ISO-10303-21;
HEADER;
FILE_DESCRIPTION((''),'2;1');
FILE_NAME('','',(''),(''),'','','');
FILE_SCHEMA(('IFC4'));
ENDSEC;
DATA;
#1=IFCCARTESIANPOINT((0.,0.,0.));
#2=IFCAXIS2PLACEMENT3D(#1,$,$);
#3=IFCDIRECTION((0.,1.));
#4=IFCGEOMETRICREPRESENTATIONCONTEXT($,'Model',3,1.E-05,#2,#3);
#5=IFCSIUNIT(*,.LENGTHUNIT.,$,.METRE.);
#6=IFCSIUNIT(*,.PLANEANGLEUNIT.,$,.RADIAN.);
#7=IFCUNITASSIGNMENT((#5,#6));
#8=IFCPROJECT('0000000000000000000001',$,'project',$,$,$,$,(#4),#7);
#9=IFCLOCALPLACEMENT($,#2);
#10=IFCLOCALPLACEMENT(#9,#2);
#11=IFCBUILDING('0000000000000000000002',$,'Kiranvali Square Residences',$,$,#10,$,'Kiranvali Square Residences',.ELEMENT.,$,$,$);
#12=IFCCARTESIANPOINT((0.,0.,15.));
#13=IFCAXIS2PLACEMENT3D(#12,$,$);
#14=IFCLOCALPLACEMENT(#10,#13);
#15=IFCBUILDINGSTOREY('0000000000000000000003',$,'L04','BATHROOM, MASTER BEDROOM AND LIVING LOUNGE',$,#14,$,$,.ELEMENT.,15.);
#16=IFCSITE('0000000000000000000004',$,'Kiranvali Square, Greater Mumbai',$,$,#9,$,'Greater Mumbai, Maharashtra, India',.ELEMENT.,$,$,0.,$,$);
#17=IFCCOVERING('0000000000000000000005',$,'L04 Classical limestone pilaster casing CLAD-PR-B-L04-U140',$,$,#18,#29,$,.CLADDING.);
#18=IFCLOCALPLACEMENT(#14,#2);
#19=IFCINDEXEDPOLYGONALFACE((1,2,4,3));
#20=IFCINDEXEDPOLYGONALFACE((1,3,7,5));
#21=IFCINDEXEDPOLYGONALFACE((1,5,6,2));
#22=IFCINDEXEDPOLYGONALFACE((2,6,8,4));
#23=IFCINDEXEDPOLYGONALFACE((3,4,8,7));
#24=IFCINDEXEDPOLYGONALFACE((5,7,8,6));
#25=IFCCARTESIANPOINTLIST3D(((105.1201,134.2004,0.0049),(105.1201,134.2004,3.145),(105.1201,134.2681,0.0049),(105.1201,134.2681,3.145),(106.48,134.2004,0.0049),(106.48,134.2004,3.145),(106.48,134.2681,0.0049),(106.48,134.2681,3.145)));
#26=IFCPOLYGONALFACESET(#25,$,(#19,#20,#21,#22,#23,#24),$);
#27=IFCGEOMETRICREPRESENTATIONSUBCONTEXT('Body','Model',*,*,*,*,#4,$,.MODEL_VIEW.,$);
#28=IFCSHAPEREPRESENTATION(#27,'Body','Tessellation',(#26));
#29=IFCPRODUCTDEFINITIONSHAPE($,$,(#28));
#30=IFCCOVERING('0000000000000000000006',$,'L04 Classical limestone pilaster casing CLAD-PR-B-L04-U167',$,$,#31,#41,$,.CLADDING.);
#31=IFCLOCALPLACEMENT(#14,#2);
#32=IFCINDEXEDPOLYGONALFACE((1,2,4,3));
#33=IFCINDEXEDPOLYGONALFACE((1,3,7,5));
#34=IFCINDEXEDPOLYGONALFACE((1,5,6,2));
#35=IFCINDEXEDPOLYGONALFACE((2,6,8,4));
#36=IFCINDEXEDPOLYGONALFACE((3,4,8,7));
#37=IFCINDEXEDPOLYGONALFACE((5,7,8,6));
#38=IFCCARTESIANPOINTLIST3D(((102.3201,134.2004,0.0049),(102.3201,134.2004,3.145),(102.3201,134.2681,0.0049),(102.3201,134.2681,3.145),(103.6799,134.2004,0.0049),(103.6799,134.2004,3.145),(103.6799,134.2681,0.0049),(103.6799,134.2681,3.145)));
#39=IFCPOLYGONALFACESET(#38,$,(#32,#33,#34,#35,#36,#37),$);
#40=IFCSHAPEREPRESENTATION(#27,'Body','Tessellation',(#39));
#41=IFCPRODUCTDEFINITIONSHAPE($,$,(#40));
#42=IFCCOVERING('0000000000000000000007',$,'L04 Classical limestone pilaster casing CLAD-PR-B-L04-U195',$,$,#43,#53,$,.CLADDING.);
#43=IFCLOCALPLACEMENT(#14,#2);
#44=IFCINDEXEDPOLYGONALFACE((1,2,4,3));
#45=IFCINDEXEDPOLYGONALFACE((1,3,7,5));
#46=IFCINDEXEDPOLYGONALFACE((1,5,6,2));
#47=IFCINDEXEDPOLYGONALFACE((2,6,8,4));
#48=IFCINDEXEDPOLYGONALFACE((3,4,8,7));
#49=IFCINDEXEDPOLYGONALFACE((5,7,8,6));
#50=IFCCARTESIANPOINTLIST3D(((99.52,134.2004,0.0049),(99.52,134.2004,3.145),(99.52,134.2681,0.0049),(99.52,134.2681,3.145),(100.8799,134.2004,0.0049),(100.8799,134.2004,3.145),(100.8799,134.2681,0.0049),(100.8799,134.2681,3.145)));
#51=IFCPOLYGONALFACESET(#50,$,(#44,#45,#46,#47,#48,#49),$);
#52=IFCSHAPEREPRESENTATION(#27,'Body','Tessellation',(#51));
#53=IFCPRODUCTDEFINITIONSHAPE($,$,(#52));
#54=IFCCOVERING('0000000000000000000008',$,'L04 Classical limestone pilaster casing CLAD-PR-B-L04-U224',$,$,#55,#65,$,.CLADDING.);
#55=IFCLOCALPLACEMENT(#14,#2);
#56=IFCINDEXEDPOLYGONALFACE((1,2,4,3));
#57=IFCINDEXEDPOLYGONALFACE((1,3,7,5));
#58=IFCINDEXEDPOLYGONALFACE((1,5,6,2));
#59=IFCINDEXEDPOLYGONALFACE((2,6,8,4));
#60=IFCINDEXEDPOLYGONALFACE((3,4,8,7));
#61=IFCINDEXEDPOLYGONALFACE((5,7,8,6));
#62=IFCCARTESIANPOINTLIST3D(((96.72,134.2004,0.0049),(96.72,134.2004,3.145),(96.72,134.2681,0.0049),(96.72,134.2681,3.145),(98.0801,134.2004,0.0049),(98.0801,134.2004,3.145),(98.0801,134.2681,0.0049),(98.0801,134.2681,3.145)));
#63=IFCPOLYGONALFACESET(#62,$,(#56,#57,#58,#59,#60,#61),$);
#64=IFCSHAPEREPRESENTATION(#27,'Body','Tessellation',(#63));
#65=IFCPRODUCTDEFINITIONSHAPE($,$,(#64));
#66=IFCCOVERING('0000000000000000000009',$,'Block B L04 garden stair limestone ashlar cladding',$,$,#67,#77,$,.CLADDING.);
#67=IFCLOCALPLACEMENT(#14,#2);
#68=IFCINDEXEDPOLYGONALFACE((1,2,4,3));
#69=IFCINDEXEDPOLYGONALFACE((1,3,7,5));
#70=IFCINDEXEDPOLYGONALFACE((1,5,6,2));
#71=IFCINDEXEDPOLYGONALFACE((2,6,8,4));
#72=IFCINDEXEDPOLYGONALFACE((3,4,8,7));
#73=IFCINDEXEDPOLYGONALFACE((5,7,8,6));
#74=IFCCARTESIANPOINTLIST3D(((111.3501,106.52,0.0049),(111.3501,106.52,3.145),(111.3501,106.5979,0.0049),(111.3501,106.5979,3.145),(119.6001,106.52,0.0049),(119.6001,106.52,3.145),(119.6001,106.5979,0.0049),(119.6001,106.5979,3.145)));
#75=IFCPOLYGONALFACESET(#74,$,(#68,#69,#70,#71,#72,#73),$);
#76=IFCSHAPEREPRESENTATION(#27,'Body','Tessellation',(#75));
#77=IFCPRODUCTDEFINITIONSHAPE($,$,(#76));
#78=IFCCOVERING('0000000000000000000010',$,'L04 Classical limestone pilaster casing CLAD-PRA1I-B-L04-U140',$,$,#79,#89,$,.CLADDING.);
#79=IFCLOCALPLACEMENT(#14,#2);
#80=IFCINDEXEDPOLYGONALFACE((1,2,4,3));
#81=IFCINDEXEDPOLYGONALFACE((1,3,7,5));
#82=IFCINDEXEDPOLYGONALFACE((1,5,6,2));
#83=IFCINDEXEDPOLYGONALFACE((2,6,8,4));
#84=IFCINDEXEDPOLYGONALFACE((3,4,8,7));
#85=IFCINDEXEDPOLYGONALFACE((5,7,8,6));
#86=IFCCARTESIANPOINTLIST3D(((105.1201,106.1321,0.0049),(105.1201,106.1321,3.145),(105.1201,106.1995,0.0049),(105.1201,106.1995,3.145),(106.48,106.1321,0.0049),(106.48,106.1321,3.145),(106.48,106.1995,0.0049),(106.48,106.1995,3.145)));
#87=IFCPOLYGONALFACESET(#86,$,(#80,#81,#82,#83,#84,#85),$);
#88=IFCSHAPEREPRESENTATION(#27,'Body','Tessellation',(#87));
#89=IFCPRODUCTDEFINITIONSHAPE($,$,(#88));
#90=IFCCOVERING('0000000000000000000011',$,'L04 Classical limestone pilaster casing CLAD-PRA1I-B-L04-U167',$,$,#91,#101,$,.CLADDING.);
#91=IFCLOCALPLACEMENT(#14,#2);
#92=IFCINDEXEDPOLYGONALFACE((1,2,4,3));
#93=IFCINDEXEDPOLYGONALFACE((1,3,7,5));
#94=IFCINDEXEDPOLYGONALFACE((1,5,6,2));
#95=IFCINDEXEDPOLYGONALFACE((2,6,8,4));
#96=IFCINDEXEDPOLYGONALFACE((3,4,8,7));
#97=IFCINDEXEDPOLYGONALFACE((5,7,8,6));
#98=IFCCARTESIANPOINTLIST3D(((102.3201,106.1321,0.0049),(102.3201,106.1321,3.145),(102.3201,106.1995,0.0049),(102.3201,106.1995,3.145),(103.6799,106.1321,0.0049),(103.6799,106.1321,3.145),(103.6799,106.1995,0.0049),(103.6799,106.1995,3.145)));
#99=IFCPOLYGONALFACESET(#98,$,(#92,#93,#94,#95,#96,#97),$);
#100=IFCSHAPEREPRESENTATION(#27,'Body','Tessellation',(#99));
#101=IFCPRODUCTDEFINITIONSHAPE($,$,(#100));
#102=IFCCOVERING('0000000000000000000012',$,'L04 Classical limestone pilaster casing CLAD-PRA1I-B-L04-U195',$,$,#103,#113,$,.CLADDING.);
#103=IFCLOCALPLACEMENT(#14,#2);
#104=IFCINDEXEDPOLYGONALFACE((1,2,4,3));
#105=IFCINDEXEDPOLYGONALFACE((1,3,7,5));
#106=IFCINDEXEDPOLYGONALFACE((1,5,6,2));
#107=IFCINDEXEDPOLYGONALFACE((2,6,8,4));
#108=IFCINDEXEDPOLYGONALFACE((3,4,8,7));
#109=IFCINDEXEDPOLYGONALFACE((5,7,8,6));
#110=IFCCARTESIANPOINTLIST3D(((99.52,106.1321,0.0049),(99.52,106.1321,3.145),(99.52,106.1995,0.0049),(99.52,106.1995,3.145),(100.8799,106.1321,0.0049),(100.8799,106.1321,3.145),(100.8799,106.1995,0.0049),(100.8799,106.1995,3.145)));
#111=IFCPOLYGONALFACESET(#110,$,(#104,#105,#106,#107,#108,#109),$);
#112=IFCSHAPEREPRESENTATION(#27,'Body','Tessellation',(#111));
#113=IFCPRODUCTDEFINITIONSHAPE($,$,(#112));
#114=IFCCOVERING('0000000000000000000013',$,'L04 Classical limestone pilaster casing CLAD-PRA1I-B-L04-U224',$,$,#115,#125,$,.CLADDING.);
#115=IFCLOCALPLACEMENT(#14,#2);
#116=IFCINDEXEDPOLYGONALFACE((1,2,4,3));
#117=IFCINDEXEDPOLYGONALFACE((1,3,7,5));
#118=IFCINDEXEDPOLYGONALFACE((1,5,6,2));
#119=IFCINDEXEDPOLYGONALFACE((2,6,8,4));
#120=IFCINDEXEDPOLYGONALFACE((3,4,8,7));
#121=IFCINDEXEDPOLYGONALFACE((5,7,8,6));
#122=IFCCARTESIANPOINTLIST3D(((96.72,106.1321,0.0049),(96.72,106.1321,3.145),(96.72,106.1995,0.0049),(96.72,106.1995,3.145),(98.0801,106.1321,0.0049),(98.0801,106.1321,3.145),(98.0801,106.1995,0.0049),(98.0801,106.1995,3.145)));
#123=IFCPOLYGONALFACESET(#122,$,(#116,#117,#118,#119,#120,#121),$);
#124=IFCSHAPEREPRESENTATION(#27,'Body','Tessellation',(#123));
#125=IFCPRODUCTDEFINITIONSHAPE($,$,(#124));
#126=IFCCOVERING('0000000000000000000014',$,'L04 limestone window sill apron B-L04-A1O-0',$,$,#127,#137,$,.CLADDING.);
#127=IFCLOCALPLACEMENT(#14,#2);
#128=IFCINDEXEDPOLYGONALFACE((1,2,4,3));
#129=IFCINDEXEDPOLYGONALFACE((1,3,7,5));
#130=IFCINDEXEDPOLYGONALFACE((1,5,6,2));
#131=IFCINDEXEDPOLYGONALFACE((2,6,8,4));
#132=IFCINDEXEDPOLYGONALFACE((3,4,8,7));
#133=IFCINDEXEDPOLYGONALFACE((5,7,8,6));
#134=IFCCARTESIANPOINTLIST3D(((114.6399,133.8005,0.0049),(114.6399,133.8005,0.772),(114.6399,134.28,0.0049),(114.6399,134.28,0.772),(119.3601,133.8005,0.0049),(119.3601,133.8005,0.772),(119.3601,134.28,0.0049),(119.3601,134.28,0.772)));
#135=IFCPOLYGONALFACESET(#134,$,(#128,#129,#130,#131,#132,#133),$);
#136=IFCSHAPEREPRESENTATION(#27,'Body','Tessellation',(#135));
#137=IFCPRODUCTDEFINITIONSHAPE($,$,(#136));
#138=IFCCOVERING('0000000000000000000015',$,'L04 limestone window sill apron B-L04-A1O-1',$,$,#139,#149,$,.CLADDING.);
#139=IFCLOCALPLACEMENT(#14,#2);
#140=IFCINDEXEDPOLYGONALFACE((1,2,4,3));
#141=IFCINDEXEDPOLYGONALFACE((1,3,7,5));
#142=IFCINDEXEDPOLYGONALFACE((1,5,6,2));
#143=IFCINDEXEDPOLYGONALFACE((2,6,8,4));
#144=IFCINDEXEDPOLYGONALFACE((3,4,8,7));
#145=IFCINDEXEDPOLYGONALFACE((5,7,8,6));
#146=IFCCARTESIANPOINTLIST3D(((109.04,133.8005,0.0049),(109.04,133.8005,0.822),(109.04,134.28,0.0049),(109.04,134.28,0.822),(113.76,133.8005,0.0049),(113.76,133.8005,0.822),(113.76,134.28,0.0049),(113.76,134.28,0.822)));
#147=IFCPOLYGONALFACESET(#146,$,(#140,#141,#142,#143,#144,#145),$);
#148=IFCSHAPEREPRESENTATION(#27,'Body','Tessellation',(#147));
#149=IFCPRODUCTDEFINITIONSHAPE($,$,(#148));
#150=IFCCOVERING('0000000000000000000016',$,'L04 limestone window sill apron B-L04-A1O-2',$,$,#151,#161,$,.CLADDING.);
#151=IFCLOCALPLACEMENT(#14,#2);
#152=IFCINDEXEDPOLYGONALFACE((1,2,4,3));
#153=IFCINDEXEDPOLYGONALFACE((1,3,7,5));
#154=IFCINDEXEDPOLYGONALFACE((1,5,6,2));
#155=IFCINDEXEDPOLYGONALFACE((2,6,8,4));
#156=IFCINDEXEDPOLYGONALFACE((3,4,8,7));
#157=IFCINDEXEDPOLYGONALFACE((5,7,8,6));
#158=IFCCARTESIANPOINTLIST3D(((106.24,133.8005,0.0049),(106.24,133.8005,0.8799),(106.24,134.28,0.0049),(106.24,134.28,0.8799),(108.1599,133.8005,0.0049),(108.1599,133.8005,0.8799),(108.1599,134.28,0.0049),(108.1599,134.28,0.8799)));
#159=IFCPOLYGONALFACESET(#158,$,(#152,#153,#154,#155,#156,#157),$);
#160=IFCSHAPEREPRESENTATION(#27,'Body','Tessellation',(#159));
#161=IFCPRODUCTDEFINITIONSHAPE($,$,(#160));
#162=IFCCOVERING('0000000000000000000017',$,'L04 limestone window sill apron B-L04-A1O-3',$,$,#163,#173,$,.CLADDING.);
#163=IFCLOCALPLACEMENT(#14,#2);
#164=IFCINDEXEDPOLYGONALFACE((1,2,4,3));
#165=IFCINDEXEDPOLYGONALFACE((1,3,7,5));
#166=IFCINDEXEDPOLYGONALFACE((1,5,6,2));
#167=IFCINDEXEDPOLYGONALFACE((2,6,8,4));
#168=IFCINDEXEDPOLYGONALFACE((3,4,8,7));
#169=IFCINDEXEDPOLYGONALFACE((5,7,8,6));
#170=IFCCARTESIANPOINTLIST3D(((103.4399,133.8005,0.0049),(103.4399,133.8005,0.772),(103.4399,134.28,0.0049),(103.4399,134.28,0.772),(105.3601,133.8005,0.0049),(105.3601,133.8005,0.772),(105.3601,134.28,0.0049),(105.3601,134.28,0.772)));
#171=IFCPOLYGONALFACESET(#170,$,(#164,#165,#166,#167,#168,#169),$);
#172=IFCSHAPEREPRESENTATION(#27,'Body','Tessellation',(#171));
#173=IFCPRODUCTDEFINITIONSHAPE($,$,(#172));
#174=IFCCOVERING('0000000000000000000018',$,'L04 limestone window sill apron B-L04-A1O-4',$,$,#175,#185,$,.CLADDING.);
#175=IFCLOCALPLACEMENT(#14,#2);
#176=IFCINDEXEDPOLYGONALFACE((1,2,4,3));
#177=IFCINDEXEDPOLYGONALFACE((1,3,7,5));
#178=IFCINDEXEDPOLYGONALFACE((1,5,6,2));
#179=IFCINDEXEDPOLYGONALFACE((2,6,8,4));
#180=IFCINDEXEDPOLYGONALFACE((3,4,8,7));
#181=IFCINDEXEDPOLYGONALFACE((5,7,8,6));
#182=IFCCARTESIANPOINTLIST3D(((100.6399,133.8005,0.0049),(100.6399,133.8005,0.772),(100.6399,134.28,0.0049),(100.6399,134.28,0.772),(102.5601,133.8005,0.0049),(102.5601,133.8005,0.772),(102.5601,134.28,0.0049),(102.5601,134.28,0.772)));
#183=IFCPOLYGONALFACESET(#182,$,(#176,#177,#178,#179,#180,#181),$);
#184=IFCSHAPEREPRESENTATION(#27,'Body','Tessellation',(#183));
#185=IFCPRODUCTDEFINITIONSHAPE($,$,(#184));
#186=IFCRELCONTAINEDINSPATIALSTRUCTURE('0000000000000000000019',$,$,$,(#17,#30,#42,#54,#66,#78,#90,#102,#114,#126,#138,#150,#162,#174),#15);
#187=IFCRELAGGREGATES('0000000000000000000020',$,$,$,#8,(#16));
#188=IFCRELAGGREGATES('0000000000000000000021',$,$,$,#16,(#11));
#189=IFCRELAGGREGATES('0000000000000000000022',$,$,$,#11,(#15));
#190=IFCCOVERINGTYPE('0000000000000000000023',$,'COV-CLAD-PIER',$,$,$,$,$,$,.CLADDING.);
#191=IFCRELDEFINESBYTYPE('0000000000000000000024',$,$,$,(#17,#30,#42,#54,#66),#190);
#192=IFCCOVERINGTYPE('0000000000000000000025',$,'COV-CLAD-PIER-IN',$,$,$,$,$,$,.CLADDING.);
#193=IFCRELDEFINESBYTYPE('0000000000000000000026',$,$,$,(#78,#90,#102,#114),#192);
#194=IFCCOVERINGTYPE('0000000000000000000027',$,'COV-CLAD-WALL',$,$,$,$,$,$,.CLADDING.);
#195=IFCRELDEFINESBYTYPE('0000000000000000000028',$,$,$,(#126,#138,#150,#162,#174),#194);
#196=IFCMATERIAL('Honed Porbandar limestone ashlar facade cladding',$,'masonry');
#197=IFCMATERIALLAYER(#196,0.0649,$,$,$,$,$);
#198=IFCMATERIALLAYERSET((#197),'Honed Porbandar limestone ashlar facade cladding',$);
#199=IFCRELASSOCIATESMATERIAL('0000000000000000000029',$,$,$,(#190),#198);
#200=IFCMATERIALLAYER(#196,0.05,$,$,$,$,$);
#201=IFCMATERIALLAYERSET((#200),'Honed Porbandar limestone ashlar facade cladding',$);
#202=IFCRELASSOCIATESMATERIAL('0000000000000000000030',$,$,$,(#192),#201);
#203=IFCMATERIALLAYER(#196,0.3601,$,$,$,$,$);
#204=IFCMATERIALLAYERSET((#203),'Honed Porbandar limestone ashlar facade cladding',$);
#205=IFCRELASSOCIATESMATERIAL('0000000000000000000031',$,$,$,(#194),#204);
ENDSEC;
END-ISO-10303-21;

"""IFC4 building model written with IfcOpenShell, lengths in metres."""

from ifc_helpers import new_model, si_unit, direction, frame, origin, place, context, subcontext, project, spatial, polyline, outline, extrude, material, layer, layer_set, type_object, element, save


model = new_model("IFC4")

# Units and contexts
model_context = context("Model", 3, precision=1e-05, world=origin(), true_north=direction((0.0, 1.0)))
body_context = subcontext(model_context, "Body", "Model", "MODEL_VIEW")
ifc_project = project(units=[si_unit("LENGTHUNIT", "METRE"), si_unit("PLANEANGLEUNIT", "RADIAN")], contexts=[model_context])

# Site, building, storey
site_placement = place(None, origin())
site = spatial("IfcSite", under=ifc_project, at=site_placement, Name="Kiranvali Square, Greater Mumbai", LongName="Greater Mumbai, Maharashtra, India", CompositionType="ELEMENT", RefElevation=0.0)
building_placement = place(site_placement, origin())
building = spatial("IfcBuilding", under=site, at=building_placement, Name="Kiranvali Square Residences", LongName="Kiranvali Square Residences", CompositionType="ELEMENT")
storey_placement = place(building_placement, frame((0.0, 0.0, 15.0)))
storey = spatial("IfcBuildingStorey", under=building, at=storey_placement, Name="L04", Description="BATHROOM, MASTER BEDROOM AND LIVING LOUNGE", CompositionType="ELEMENT", Elevation=15.0)

# Coverings
ifc_material = material(Name="Honed Porbandar limestone ashlar facade cladding", Category="masonry")
ifc_layer_1 = layer(ifc_material, 0.0649)
ifc_layer_set_1 = layer_set([ifc_layer_1], Name="Honed Porbandar limestone ashlar facade cladding")
covering_type_1 = type_object("IfcCoveringType", Name="COV-CLAD-PIER", PredefinedType="CLADDING", material=ifc_layer_set_1)
covering_1_placement = place(storey_placement, frame((0.0, 0.0, 0.0049)))
element("IfcCovering", 1, at=covering_1_placement, inside=storey, type_object=covering_type_1, Name="L04 Classical limestone pilaster casing CLAD-PR-B-L04-U140", PredefinedType="CLADDING", context=body_context, shape_type="SweptSolid", body=[
    extrude(outline(polyline([(106.48, 134.2681), (105.1201, 134.2681), (105.1201, 134.2004), (106.48, 134.2004), (106.48, 134.2681)])), origin(), (0.0, 0.0, 1.0), 3.1401),
])
covering_2_placement = place(storey_placement, frame((0.0, 0.0, 0.0049)))
element("IfcCovering", 2, at=covering_2_placement, inside=storey, type_object=covering_type_1, Name="L04 Classical limestone pilaster casing CLAD-PR-B-L04-U167", PredefinedType="CLADDING", context=body_context, shape_type="SweptSolid", body=[
    extrude(outline(polyline([(103.6799, 134.2681), (102.3201, 134.2681), (102.3201, 134.2004), (103.6799, 134.2004), (103.6799, 134.2681)])), origin(), (0.0, 0.0, 1.0), 3.1401),
])
covering_3_placement = place(storey_placement, frame((0.0, 0.0, 0.0049)))
element("IfcCovering", 3, at=covering_3_placement, inside=storey, type_object=covering_type_1, Name="L04 Classical limestone pilaster casing CLAD-PR-B-L04-U195", PredefinedType="CLADDING", context=body_context, shape_type="SweptSolid", body=[
    extrude(outline(polyline([(100.8799, 134.2681), (99.52, 134.2681), (99.52, 134.2004), (100.8799, 134.2004), (100.8799, 134.2681)])), origin(), (0.0, 0.0, 1.0), 3.1401),
])
covering_4_placement = place(storey_placement, frame((0.0, 0.0, 0.0049)))
element("IfcCovering", 4, at=covering_4_placement, inside=storey, type_object=covering_type_1, Name="L04 Classical limestone pilaster casing CLAD-PR-B-L04-U224", PredefinedType="CLADDING", context=body_context, shape_type="SweptSolid", body=[
    extrude(outline(polyline([(98.0801, 134.2681), (96.72, 134.2681), (96.72, 134.2004), (98.0801, 134.2004), (98.0801, 134.2681)])), origin(), (0.0, 0.0, 1.0), 3.1401),
])
covering_5_placement = place(storey_placement, frame((0.0, 0.0, 0.0049)))
element("IfcCovering", 5, at=covering_5_placement, inside=storey, type_object=covering_type_1, Name="Block B L04 garden stair limestone ashlar cladding", PredefinedType="CLADDING", context=body_context, shape_type="SweptSolid", body=[
    extrude(outline(polyline([(119.6001, 106.5979), (111.3501, 106.5979), (111.3501, 106.52), (119.6001, 106.52), (119.6001, 106.5979)])), origin(), (0.0, 0.0, 1.0), 3.1401),
])
ifc_layer_2 = layer(ifc_material, 0.05)
ifc_layer_set_2 = layer_set([ifc_layer_2], Name="Honed Porbandar limestone ashlar facade cladding")
covering_type_2 = type_object("IfcCoveringType", Name="COV-CLAD-PIER-IN", PredefinedType="CLADDING", material=ifc_layer_set_2)
covering_6_placement = place(storey_placement, frame((0.0, 0.0, 0.0049)))
element("IfcCovering", 6, at=covering_6_placement, inside=storey, type_object=covering_type_2, Name="L04 Classical limestone pilaster casing CLAD-PRA1I-B-L04-U140", PredefinedType="CLADDING", context=body_context, shape_type="SweptSolid", body=[
    extrude(outline(polyline([(106.48, 106.1995), (105.1201, 106.1995), (105.1201, 106.1321), (106.48, 106.1321), (106.48, 106.1995)])), origin(), (0.0, 0.0, 1.0), 3.1401),
])
covering_7_placement = place(storey_placement, frame((0.0, 0.0, 0.0049)))
element("IfcCovering", 7, at=covering_7_placement, inside=storey, type_object=covering_type_2, Name="L04 Classical limestone pilaster casing CLAD-PRA1I-B-L04-U167", PredefinedType="CLADDING", context=body_context, shape_type="SweptSolid", body=[
    extrude(outline(polyline([(103.6799, 106.1995), (102.3201, 106.1995), (102.3201, 106.1321), (103.6799, 106.1321), (103.6799, 106.1995)])), origin(), (0.0, 0.0, 1.0), 3.1401),
])
covering_8_placement = place(storey_placement, frame((0.0, 0.0, 0.0049)))
element("IfcCovering", 8, at=covering_8_placement, inside=storey, type_object=covering_type_2, Name="L04 Classical limestone pilaster casing CLAD-PRA1I-B-L04-U195", PredefinedType="CLADDING", context=body_context, shape_type="SweptSolid", body=[
    extrude(outline(polyline([(100.8799, 106.1995), (99.52, 106.1995), (99.52, 106.1321), (100.8799, 106.1321), (100.8799, 106.1995)])), origin(), (0.0, 0.0, 1.0), 3.1401),
])
covering_9_placement = place(storey_placement, frame((0.0, 0.0, 0.0049)))
element("IfcCovering", 9, at=covering_9_placement, inside=storey, type_object=covering_type_2, Name="L04 Classical limestone pilaster casing CLAD-PRA1I-B-L04-U224", PredefinedType="CLADDING", context=body_context, shape_type="SweptSolid", body=[
    extrude(outline(polyline([(98.0801, 106.1995), (96.72, 106.1995), (96.72, 106.1321), (98.0801, 106.1321), (98.0801, 106.1995)])), origin(), (0.0, 0.0, 1.0), 3.1401),
])
ifc_layer_3 = layer(ifc_material, 0.3601)
ifc_layer_set_3 = layer_set([ifc_layer_3], Name="Honed Porbandar limestone ashlar facade cladding")
covering_type_3 = type_object("IfcCoveringType", Name="COV-CLAD-WALL", PredefinedType="CLADDING", material=ifc_layer_set_3)
covering_10_placement = place(storey_placement, frame((0.0, 0.0, 0.0049)))
element("IfcCovering", 10, at=covering_10_placement, inside=storey, type_object=covering_type_3, Name="L04 limestone window sill apron B-L04-A1O-0", PredefinedType="CLADDING", context=body_context, shape_type="SweptSolid", body=[
    extrude(outline(polyline([(119.3601, 134.28), (114.6399, 134.28), (114.6399, 133.8005), (119.3601, 133.8005), (119.3601, 134.28)])), origin(), (0.0, 0.0, 1.0), 0.7671),
])
covering_11_placement = place(storey_placement, frame((0.0, 0.0, 0.0049)))
element("IfcCovering", 11, at=covering_11_placement, inside=storey, type_object=covering_type_3, Name="L04 limestone window sill apron B-L04-A1O-1", PredefinedType="CLADDING", context=body_context, shape_type="SweptSolid", body=[
    extrude(outline(polyline([(113.76, 134.28), (109.04, 134.28), (109.04, 133.8005), (113.76, 133.8005), (113.76, 134.28)])), origin(), (0.0, 0.0, 1.0), 0.8171),
])
covering_12_placement = place(storey_placement, frame((0.0, 0.0, 0.0049)))
element("IfcCovering", 12, at=covering_12_placement, inside=storey, type_object=covering_type_3, Name="L04 limestone window sill apron B-L04-A1O-2", PredefinedType="CLADDING", context=body_context, shape_type="SweptSolid", body=[
    extrude(outline(polyline([(108.1599, 134.28), (106.24, 134.28), (106.24, 133.8005), (108.1599, 133.8005), (108.1599, 134.28)])), origin(), (0.0, 0.0, 1.0), 0.875),
])
covering_13_placement = place(storey_placement, frame((0.0, 0.0, 0.0049)))
element("IfcCovering", 13, at=covering_13_placement, inside=storey, type_object=covering_type_3, Name="L04 limestone window sill apron B-L04-A1O-3", PredefinedType="CLADDING", context=body_context, shape_type="SweptSolid", body=[
    extrude(outline(polyline([(105.3601, 134.28), (103.4399, 134.28), (103.4399, 133.8005), (105.3601, 133.8005), (105.3601, 134.28)])), origin(), (0.0, 0.0, 1.0), 0.7671),
])
covering_14_placement = place(storey_placement, frame((0.0, 0.0, 0.0049)))
element("IfcCovering", 14, at=covering_14_placement, inside=storey, type_object=covering_type_3, Name="L04 limestone window sill apron B-L04-A1O-4", PredefinedType="CLADDING", context=body_context, shape_type="SweptSolid", body=[
    extrude(outline(polyline([(102.5601, 134.28), (100.6399, 134.28), (100.6399, 133.8005), (102.5601, 133.8005), (102.5601, 134.28)])), origin(), (0.0, 0.0, 1.0), 0.7671),
])

save(model, "model.ifc")
